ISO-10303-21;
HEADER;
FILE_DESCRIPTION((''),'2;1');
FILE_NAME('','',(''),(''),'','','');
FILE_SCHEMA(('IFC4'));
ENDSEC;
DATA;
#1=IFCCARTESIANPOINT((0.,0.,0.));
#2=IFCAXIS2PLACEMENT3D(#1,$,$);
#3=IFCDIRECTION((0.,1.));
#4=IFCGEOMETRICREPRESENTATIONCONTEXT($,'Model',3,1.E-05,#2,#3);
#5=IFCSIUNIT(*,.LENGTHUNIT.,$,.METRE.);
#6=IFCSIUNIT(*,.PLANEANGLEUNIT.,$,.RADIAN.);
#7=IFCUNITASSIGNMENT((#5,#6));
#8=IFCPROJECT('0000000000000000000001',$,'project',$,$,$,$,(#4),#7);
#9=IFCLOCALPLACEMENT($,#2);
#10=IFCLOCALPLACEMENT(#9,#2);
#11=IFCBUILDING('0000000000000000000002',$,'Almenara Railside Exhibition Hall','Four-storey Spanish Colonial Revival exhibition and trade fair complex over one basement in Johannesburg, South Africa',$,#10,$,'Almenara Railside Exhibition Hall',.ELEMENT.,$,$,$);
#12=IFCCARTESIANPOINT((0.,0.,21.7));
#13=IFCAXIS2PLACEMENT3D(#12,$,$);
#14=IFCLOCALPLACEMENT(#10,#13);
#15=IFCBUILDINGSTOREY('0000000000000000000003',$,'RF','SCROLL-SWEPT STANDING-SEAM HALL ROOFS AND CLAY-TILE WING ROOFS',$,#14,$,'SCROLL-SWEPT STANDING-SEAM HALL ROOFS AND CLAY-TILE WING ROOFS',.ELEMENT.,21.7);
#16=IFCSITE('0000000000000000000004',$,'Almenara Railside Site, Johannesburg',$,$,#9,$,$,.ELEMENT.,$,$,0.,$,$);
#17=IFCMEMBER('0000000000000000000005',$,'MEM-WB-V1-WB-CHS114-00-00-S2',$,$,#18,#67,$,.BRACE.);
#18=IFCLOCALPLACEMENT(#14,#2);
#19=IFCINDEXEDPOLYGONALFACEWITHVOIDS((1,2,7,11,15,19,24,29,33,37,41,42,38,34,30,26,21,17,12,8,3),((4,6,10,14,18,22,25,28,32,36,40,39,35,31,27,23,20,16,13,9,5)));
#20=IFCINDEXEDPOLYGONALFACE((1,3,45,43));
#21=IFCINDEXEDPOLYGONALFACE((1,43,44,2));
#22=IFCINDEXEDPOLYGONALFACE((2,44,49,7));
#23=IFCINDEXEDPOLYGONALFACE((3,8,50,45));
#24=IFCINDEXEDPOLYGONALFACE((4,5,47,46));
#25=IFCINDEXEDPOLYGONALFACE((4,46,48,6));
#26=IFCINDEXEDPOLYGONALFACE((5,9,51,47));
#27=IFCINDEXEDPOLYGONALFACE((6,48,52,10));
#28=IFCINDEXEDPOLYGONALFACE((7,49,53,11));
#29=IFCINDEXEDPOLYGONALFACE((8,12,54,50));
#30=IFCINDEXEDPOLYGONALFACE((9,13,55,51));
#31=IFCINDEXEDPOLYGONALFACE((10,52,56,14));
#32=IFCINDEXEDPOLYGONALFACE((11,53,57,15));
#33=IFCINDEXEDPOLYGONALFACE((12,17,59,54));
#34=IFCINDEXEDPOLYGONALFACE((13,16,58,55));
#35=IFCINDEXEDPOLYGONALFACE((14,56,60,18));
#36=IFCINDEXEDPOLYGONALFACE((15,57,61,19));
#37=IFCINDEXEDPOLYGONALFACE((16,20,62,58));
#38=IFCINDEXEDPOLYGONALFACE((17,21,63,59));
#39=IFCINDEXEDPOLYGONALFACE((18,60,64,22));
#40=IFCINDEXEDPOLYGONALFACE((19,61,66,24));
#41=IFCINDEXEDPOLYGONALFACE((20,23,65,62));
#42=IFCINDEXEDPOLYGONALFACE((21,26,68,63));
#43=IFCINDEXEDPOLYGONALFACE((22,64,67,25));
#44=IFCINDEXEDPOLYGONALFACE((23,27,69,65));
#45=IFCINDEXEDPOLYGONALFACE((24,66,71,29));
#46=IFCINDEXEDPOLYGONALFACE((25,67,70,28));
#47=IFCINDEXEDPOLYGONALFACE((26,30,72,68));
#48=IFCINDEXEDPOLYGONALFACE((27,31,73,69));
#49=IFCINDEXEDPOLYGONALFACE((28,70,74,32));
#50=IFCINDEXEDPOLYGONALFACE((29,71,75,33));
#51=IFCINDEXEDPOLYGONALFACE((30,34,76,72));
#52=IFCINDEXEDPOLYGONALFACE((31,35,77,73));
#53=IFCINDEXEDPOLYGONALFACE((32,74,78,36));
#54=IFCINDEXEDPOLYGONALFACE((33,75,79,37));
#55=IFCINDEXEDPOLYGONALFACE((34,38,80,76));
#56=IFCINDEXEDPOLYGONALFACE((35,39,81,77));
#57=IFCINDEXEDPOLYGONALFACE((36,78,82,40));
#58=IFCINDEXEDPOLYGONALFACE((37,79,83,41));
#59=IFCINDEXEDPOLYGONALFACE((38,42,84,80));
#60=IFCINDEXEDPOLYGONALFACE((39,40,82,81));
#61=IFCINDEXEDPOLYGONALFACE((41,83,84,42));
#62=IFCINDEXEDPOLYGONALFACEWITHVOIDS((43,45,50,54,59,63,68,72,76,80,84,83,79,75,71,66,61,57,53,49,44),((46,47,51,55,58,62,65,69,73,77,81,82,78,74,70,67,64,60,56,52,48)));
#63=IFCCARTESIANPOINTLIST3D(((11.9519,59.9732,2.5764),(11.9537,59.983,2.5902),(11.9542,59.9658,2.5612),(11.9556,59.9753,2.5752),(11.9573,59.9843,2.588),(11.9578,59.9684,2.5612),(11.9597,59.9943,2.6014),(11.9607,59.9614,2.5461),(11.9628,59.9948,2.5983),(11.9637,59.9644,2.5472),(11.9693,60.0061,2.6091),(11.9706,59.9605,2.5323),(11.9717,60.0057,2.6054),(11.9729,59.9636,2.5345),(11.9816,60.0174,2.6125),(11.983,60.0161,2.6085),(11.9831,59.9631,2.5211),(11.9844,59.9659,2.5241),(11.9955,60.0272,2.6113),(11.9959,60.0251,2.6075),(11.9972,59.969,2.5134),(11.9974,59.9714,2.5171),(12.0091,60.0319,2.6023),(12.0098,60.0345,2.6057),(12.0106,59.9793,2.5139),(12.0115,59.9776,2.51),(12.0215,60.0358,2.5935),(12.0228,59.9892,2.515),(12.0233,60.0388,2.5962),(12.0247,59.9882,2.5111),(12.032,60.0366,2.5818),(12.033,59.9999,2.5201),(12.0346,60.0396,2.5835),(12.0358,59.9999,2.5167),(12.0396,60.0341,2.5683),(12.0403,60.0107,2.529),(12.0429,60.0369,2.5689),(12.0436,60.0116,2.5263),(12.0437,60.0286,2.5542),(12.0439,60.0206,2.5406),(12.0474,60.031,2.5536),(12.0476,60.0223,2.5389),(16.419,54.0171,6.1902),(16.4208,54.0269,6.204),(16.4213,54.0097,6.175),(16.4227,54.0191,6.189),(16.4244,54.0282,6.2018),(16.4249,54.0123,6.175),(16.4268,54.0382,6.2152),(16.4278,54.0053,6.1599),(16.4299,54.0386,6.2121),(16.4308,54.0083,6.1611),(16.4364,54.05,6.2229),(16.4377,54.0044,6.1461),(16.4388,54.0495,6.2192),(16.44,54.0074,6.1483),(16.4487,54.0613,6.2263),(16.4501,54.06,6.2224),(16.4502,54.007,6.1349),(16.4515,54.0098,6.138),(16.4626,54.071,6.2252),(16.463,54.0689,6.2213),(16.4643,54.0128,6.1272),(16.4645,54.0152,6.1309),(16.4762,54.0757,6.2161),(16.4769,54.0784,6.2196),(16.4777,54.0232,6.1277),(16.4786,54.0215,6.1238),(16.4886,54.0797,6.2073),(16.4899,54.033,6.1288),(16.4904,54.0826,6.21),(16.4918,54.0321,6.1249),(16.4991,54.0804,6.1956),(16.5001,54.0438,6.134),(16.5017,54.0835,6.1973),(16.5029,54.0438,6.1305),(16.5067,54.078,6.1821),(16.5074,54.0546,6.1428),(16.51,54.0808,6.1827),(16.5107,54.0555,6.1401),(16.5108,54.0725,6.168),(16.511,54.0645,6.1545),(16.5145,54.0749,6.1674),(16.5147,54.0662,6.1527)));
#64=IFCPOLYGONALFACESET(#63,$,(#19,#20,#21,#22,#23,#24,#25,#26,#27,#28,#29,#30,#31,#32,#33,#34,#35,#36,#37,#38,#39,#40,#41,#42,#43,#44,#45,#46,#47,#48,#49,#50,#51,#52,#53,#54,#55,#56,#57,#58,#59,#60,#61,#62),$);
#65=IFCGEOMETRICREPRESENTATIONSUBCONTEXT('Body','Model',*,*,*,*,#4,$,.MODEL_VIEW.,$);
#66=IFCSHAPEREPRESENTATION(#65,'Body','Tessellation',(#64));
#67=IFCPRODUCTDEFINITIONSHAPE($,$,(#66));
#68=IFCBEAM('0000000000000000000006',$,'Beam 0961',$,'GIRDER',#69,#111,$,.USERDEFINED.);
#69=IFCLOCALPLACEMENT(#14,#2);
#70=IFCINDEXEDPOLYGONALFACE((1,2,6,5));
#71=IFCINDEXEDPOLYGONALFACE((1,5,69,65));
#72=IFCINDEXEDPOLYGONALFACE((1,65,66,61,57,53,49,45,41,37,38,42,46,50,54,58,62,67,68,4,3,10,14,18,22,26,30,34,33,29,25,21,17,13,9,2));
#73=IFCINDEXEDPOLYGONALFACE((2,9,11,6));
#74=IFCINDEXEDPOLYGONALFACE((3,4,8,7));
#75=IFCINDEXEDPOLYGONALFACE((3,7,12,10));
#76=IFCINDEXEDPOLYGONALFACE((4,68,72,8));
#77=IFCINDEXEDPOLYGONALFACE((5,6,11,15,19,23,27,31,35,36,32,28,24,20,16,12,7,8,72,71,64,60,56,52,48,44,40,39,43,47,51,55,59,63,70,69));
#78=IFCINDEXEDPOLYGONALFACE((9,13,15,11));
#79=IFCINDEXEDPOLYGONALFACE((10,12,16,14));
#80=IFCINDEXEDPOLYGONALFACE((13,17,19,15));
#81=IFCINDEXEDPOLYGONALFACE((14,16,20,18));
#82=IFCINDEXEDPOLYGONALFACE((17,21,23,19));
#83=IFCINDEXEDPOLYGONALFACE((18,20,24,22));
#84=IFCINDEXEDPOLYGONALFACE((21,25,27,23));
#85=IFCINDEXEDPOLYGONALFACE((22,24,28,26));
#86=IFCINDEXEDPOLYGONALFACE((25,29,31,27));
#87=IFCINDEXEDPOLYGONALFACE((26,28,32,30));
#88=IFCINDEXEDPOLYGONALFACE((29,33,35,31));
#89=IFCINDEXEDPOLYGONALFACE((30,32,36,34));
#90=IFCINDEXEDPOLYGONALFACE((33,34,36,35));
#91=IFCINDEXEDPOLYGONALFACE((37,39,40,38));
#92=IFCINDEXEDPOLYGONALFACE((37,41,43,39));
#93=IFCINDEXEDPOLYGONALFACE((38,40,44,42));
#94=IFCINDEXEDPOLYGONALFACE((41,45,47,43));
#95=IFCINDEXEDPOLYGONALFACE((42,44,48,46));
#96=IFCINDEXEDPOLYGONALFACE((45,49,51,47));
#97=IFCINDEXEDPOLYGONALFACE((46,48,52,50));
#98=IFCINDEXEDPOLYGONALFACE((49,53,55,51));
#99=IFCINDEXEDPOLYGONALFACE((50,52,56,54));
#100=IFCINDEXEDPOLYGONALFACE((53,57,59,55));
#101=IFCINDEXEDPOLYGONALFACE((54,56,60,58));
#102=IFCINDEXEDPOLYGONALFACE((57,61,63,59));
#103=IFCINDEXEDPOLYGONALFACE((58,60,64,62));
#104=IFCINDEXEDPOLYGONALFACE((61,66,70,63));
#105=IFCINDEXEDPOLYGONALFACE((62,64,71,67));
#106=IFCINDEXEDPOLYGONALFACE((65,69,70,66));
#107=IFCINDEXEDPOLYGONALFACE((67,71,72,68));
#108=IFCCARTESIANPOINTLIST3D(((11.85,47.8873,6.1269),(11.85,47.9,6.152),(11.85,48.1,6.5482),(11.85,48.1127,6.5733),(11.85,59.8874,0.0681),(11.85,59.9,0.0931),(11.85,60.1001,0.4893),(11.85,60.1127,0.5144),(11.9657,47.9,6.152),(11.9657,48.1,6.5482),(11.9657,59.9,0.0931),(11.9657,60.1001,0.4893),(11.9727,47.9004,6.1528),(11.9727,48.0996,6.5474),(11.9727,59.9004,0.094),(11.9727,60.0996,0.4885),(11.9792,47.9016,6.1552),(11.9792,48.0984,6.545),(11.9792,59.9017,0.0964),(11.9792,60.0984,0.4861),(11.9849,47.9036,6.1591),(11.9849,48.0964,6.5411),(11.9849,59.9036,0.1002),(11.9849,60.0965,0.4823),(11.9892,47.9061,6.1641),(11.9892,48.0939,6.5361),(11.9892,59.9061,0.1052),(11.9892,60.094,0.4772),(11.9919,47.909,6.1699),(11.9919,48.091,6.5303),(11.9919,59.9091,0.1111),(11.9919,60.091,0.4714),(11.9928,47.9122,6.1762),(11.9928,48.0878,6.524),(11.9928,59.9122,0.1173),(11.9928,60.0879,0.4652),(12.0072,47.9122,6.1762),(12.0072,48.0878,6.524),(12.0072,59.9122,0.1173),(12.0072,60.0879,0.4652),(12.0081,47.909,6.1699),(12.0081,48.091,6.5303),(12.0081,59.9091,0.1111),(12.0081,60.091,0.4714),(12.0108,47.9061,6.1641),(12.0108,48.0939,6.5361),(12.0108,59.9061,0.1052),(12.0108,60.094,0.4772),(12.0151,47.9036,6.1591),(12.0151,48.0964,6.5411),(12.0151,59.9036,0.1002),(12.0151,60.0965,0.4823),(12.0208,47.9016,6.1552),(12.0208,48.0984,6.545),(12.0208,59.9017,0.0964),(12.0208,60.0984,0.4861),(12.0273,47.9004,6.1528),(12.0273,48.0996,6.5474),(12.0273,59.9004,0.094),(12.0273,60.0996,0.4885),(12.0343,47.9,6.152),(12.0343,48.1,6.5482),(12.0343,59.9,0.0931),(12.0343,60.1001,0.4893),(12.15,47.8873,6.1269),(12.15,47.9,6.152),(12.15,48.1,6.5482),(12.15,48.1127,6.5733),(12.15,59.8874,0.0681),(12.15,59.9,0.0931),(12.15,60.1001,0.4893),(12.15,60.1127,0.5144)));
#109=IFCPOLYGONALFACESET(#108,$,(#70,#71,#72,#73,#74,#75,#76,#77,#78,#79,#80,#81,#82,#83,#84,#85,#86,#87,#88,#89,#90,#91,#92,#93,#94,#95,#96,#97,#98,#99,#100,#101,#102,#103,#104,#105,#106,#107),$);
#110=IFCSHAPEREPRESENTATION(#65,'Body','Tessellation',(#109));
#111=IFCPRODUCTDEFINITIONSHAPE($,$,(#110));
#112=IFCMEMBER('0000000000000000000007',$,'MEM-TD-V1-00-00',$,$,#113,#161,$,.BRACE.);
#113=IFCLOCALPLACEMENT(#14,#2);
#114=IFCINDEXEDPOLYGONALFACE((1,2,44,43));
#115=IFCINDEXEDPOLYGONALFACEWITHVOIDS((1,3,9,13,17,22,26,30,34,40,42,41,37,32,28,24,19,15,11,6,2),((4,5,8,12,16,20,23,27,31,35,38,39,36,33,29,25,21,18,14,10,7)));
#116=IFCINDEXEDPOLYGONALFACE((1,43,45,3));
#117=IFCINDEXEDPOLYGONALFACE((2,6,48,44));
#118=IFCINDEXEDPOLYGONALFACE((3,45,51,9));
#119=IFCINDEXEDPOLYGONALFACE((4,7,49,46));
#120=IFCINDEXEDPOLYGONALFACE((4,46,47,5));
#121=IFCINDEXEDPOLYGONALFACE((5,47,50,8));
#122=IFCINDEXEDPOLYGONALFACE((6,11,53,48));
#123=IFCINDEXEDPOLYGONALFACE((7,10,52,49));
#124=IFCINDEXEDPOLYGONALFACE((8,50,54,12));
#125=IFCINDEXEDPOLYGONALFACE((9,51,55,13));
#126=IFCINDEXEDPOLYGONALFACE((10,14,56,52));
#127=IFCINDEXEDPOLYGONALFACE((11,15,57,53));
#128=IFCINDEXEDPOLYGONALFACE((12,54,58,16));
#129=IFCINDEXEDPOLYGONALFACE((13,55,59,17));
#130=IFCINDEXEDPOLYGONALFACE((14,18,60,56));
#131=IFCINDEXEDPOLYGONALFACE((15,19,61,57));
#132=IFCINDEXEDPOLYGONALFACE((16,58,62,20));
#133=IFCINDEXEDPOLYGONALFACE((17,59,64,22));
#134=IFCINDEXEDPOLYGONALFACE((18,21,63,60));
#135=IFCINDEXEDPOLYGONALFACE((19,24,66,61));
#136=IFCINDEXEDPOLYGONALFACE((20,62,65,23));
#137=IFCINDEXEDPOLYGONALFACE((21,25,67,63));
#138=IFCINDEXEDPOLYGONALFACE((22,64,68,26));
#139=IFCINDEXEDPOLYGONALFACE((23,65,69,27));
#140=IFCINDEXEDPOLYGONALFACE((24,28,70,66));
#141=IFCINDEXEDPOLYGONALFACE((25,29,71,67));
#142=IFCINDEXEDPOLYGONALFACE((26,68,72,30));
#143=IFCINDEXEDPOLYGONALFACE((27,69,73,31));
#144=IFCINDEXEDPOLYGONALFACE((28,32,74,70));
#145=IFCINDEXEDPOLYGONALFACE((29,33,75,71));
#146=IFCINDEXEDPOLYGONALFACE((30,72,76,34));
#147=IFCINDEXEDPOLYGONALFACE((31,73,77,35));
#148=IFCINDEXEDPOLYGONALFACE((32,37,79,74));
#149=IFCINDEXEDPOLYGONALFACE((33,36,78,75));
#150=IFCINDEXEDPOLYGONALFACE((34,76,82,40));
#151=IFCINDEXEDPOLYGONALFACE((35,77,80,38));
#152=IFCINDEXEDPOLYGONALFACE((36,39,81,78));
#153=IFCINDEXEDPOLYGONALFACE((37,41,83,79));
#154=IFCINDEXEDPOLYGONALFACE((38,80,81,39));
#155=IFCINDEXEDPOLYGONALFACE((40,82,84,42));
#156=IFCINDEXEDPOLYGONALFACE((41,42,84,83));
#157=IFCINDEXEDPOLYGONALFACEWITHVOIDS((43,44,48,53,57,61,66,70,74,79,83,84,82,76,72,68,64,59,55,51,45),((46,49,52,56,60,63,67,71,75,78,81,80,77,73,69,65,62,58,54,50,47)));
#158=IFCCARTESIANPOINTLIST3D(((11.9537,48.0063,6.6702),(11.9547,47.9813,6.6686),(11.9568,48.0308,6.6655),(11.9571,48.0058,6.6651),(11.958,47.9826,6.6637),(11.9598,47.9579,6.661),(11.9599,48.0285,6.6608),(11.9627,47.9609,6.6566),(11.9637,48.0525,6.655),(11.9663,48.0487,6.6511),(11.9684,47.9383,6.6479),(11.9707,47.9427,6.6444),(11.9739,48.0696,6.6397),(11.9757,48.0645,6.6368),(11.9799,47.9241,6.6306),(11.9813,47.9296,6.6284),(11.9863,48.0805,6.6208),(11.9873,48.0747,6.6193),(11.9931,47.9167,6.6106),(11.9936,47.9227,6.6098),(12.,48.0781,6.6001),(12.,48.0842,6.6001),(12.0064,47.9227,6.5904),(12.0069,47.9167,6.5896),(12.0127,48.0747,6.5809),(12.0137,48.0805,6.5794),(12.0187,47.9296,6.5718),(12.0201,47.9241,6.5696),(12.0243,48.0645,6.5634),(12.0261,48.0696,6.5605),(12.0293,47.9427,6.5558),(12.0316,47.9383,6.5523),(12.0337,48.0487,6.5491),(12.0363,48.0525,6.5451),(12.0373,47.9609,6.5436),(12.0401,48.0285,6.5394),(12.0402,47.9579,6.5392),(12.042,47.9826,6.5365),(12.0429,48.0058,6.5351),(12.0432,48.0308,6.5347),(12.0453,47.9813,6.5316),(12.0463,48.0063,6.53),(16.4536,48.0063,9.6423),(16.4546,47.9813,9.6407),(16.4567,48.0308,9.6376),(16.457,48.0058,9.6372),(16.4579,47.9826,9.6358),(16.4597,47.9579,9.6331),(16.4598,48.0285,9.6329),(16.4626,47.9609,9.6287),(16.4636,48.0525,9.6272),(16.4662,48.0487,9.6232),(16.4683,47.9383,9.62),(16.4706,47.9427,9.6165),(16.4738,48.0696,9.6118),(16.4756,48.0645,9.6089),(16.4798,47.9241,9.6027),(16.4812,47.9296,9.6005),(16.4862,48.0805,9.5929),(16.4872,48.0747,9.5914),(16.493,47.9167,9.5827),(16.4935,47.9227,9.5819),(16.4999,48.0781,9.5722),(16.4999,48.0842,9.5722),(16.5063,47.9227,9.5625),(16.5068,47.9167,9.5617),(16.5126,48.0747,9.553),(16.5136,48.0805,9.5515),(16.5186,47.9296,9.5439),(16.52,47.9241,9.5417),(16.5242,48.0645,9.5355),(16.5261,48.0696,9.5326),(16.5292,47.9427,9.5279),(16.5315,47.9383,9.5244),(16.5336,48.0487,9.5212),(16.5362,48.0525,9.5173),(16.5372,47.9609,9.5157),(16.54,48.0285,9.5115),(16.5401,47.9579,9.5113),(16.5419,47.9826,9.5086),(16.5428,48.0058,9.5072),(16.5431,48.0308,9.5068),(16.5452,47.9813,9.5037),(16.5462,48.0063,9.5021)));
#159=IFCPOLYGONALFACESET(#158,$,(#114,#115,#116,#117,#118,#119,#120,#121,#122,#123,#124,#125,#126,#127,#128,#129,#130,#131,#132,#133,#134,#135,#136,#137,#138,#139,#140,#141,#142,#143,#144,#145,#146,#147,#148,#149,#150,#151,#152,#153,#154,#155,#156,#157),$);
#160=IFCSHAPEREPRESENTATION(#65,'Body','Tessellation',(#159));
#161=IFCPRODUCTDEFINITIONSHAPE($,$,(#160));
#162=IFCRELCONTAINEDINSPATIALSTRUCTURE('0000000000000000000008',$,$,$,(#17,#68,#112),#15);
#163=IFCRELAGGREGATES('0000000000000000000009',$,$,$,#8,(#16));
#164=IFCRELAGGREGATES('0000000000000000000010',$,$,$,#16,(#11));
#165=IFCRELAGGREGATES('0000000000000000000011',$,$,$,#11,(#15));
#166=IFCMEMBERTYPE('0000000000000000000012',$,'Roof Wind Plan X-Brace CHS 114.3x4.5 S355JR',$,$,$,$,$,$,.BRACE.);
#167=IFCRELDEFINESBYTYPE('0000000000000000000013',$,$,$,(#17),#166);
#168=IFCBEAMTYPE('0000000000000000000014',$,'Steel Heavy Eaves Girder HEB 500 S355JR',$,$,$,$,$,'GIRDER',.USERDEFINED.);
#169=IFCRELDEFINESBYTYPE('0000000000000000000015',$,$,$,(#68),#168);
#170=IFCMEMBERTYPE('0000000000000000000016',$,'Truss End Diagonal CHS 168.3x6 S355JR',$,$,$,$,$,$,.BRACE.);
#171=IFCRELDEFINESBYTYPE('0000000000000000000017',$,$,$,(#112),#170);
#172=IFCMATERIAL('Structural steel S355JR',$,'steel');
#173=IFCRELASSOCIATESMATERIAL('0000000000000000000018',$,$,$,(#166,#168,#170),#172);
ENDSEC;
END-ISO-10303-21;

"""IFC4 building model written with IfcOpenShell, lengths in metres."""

from ifc_helpers import new_model, si_unit, direction, frame, origin, origin_2d, place, context, subcontext, project, spatial, hollow_circle, i_section, extrude, material, material_profile, profile_set, type_object, element, save


model = new_model("IFC4")

# Units and contexts
model_context = context("Model", 3, precision=1e-05, world=origin(), true_north=direction((0.0, 1.0)))
body_context = subcontext(model_context, "Body", "Model", "MODEL_VIEW")
ifc_project = project(units=[si_unit("LENGTHUNIT", "METRE"), si_unit("PLANEANGLEUNIT", "RADIAN")], contexts=[model_context])

# Site, building, storey
site_placement = place(None, origin())
site = spatial("IfcSite", under=ifc_project, at=site_placement, Name="Almenara Railside Site, Johannesburg", CompositionType="ELEMENT", RefElevation=0.0)
building_placement = place(site_placement, origin())
building = spatial("IfcBuilding", under=site, at=building_placement, Name="Almenara Railside Exhibition Hall", Description="Four-storey Spanish Colonial Revival exhibition and trade fair complex over one basement in Johannesburg, South Africa", LongName="Almenara Railside Exhibition Hall", CompositionType="ELEMENT")
storey_placement = place(building_placement, frame((0.0, 0.0, 21.7)))
storey = spatial("IfcBuildingStorey", under=building, at=storey_placement, Name="RF", Description="SCROLL-SWEPT STANDING-SEAM HALL ROOFS AND CLAY-TILE WING ROOFS", LongName="SCROLL-SWEPT STANDING-SEAM HALL ROOFS AND CLAY-TILE WING ROOFS", CompositionType="ELEMENT", Elevation=21.7)

# Shared definitions
ifc_material_1 = material(Name="Structural steel S355JR", Category="steel")

# Member
ifc_material_profile_1 = material_profile(ifc_material_1, hollow_circle(Radius=0.0571, WallThickness=0.0044, at=origin_2d()), Name="CHS 114.3x4.5")
ifc_profile_set_1 = profile_set([ifc_material_profile_1], Name="Structural steel S355JR")
member_type_1 = type_object("IfcMemberType", Name="Roof Wind Plan X-Brace CHS 114.3x4.5 S355JR", PredefinedType="BRACE", material=ifc_profile_set_1)
member_1_placement = place(storey_placement, frame((16.467, 54.0439, 6.175), z_axis=(-0.539773, 0.719698, -0.436669), x_axis=(-0.8, -0.6, 0.0)))
element("IfcMember", 1, at=member_1_placement, inside=storey, type_object=member_type_1, Name="MEM-WB-V1-WB-CHS114-00-00-S2", PredefinedType="BRACE", context=body_context, shape_type="SweptSolid", body=[
    extrude(hollow_circle(Radius=0.0571, WallThickness=0.0044, at=origin_2d()), origin(), (0.0, 0.0, 1.0), 8.2759),
])

# Beam
ifc_material_profile_2 = material_profile(ifc_material_1, i_section(OverallWidth=0.3, OverallDepth=0.5, WebThickness=0.0144, FlangeThickness=0.0281, FilletRadius=0.0271, at=origin_2d()), Name="HEB 500")
ifc_profile_set_2 = profile_set([ifc_material_profile_2], Name="Structural steel S355JR")
beam_type = type_object("IfcBeamType", Name="Steel Heavy Eaves Girder HEB 500 S355JR", ElementType="GIRDER", PredefinedType="USERDEFINED", material=ifc_profile_set_2)
beam_placement = place(storey_placement, frame((12.0, 48.0, 6.3501), z_axis=(0.0, 0.89267, -0.450712), x_axis=(-1.0, 0.0, 0.0)))
element("IfcBeam", 2, at=beam_placement, inside=storey, type_object=beam_type, Name="Beam 0961", ObjectType="GIRDER", PredefinedType="USERDEFINED", context=body_context, shape_type="SweptSolid", body=[
    extrude(i_section(OverallWidth=0.3, OverallDepth=0.5, WebThickness=0.0144, FlangeThickness=0.0281, FilletRadius=0.0271, at=origin_2d()), origin(), (0.0, 0.0, 1.0), 13.4429),
])

# Member
ifc_material_profile_3 = material_profile(ifc_material_1, hollow_circle(Radius=0.0842, WallThickness=0.0061, at=origin_2d()), Name="CHS 168.3x6")
ifc_profile_set_3 = profile_set([ifc_material_profile_3], Name="Structural steel S355JR")
member_type_2 = type_object("IfcMemberType", Name="Truss End Diagonal CHS 168.3x6 S355JR", PredefinedType="BRACE", material=ifc_profile_set_3)
member_2_placement = place(storey_placement, frame((12.0, 48.0, 6.6001), z_axis=(0.834425, 0.0, 0.551122), x_axis=(0.0, 1.0, 0.0)))
element("IfcMember", 3, at=member_2_placement, inside=storey, type_object=member_type_2, Name="MEM-TD-V1-00-00", PredefinedType="BRACE", context=body_context, shape_type="SweptSolid", body=[
    extrude(hollow_circle(Radius=0.0842, WallThickness=0.0061, at=origin_2d()), origin(), (0.0, 0.0, 1.0), 5.3928),
])

save(model, "model.ifc")
